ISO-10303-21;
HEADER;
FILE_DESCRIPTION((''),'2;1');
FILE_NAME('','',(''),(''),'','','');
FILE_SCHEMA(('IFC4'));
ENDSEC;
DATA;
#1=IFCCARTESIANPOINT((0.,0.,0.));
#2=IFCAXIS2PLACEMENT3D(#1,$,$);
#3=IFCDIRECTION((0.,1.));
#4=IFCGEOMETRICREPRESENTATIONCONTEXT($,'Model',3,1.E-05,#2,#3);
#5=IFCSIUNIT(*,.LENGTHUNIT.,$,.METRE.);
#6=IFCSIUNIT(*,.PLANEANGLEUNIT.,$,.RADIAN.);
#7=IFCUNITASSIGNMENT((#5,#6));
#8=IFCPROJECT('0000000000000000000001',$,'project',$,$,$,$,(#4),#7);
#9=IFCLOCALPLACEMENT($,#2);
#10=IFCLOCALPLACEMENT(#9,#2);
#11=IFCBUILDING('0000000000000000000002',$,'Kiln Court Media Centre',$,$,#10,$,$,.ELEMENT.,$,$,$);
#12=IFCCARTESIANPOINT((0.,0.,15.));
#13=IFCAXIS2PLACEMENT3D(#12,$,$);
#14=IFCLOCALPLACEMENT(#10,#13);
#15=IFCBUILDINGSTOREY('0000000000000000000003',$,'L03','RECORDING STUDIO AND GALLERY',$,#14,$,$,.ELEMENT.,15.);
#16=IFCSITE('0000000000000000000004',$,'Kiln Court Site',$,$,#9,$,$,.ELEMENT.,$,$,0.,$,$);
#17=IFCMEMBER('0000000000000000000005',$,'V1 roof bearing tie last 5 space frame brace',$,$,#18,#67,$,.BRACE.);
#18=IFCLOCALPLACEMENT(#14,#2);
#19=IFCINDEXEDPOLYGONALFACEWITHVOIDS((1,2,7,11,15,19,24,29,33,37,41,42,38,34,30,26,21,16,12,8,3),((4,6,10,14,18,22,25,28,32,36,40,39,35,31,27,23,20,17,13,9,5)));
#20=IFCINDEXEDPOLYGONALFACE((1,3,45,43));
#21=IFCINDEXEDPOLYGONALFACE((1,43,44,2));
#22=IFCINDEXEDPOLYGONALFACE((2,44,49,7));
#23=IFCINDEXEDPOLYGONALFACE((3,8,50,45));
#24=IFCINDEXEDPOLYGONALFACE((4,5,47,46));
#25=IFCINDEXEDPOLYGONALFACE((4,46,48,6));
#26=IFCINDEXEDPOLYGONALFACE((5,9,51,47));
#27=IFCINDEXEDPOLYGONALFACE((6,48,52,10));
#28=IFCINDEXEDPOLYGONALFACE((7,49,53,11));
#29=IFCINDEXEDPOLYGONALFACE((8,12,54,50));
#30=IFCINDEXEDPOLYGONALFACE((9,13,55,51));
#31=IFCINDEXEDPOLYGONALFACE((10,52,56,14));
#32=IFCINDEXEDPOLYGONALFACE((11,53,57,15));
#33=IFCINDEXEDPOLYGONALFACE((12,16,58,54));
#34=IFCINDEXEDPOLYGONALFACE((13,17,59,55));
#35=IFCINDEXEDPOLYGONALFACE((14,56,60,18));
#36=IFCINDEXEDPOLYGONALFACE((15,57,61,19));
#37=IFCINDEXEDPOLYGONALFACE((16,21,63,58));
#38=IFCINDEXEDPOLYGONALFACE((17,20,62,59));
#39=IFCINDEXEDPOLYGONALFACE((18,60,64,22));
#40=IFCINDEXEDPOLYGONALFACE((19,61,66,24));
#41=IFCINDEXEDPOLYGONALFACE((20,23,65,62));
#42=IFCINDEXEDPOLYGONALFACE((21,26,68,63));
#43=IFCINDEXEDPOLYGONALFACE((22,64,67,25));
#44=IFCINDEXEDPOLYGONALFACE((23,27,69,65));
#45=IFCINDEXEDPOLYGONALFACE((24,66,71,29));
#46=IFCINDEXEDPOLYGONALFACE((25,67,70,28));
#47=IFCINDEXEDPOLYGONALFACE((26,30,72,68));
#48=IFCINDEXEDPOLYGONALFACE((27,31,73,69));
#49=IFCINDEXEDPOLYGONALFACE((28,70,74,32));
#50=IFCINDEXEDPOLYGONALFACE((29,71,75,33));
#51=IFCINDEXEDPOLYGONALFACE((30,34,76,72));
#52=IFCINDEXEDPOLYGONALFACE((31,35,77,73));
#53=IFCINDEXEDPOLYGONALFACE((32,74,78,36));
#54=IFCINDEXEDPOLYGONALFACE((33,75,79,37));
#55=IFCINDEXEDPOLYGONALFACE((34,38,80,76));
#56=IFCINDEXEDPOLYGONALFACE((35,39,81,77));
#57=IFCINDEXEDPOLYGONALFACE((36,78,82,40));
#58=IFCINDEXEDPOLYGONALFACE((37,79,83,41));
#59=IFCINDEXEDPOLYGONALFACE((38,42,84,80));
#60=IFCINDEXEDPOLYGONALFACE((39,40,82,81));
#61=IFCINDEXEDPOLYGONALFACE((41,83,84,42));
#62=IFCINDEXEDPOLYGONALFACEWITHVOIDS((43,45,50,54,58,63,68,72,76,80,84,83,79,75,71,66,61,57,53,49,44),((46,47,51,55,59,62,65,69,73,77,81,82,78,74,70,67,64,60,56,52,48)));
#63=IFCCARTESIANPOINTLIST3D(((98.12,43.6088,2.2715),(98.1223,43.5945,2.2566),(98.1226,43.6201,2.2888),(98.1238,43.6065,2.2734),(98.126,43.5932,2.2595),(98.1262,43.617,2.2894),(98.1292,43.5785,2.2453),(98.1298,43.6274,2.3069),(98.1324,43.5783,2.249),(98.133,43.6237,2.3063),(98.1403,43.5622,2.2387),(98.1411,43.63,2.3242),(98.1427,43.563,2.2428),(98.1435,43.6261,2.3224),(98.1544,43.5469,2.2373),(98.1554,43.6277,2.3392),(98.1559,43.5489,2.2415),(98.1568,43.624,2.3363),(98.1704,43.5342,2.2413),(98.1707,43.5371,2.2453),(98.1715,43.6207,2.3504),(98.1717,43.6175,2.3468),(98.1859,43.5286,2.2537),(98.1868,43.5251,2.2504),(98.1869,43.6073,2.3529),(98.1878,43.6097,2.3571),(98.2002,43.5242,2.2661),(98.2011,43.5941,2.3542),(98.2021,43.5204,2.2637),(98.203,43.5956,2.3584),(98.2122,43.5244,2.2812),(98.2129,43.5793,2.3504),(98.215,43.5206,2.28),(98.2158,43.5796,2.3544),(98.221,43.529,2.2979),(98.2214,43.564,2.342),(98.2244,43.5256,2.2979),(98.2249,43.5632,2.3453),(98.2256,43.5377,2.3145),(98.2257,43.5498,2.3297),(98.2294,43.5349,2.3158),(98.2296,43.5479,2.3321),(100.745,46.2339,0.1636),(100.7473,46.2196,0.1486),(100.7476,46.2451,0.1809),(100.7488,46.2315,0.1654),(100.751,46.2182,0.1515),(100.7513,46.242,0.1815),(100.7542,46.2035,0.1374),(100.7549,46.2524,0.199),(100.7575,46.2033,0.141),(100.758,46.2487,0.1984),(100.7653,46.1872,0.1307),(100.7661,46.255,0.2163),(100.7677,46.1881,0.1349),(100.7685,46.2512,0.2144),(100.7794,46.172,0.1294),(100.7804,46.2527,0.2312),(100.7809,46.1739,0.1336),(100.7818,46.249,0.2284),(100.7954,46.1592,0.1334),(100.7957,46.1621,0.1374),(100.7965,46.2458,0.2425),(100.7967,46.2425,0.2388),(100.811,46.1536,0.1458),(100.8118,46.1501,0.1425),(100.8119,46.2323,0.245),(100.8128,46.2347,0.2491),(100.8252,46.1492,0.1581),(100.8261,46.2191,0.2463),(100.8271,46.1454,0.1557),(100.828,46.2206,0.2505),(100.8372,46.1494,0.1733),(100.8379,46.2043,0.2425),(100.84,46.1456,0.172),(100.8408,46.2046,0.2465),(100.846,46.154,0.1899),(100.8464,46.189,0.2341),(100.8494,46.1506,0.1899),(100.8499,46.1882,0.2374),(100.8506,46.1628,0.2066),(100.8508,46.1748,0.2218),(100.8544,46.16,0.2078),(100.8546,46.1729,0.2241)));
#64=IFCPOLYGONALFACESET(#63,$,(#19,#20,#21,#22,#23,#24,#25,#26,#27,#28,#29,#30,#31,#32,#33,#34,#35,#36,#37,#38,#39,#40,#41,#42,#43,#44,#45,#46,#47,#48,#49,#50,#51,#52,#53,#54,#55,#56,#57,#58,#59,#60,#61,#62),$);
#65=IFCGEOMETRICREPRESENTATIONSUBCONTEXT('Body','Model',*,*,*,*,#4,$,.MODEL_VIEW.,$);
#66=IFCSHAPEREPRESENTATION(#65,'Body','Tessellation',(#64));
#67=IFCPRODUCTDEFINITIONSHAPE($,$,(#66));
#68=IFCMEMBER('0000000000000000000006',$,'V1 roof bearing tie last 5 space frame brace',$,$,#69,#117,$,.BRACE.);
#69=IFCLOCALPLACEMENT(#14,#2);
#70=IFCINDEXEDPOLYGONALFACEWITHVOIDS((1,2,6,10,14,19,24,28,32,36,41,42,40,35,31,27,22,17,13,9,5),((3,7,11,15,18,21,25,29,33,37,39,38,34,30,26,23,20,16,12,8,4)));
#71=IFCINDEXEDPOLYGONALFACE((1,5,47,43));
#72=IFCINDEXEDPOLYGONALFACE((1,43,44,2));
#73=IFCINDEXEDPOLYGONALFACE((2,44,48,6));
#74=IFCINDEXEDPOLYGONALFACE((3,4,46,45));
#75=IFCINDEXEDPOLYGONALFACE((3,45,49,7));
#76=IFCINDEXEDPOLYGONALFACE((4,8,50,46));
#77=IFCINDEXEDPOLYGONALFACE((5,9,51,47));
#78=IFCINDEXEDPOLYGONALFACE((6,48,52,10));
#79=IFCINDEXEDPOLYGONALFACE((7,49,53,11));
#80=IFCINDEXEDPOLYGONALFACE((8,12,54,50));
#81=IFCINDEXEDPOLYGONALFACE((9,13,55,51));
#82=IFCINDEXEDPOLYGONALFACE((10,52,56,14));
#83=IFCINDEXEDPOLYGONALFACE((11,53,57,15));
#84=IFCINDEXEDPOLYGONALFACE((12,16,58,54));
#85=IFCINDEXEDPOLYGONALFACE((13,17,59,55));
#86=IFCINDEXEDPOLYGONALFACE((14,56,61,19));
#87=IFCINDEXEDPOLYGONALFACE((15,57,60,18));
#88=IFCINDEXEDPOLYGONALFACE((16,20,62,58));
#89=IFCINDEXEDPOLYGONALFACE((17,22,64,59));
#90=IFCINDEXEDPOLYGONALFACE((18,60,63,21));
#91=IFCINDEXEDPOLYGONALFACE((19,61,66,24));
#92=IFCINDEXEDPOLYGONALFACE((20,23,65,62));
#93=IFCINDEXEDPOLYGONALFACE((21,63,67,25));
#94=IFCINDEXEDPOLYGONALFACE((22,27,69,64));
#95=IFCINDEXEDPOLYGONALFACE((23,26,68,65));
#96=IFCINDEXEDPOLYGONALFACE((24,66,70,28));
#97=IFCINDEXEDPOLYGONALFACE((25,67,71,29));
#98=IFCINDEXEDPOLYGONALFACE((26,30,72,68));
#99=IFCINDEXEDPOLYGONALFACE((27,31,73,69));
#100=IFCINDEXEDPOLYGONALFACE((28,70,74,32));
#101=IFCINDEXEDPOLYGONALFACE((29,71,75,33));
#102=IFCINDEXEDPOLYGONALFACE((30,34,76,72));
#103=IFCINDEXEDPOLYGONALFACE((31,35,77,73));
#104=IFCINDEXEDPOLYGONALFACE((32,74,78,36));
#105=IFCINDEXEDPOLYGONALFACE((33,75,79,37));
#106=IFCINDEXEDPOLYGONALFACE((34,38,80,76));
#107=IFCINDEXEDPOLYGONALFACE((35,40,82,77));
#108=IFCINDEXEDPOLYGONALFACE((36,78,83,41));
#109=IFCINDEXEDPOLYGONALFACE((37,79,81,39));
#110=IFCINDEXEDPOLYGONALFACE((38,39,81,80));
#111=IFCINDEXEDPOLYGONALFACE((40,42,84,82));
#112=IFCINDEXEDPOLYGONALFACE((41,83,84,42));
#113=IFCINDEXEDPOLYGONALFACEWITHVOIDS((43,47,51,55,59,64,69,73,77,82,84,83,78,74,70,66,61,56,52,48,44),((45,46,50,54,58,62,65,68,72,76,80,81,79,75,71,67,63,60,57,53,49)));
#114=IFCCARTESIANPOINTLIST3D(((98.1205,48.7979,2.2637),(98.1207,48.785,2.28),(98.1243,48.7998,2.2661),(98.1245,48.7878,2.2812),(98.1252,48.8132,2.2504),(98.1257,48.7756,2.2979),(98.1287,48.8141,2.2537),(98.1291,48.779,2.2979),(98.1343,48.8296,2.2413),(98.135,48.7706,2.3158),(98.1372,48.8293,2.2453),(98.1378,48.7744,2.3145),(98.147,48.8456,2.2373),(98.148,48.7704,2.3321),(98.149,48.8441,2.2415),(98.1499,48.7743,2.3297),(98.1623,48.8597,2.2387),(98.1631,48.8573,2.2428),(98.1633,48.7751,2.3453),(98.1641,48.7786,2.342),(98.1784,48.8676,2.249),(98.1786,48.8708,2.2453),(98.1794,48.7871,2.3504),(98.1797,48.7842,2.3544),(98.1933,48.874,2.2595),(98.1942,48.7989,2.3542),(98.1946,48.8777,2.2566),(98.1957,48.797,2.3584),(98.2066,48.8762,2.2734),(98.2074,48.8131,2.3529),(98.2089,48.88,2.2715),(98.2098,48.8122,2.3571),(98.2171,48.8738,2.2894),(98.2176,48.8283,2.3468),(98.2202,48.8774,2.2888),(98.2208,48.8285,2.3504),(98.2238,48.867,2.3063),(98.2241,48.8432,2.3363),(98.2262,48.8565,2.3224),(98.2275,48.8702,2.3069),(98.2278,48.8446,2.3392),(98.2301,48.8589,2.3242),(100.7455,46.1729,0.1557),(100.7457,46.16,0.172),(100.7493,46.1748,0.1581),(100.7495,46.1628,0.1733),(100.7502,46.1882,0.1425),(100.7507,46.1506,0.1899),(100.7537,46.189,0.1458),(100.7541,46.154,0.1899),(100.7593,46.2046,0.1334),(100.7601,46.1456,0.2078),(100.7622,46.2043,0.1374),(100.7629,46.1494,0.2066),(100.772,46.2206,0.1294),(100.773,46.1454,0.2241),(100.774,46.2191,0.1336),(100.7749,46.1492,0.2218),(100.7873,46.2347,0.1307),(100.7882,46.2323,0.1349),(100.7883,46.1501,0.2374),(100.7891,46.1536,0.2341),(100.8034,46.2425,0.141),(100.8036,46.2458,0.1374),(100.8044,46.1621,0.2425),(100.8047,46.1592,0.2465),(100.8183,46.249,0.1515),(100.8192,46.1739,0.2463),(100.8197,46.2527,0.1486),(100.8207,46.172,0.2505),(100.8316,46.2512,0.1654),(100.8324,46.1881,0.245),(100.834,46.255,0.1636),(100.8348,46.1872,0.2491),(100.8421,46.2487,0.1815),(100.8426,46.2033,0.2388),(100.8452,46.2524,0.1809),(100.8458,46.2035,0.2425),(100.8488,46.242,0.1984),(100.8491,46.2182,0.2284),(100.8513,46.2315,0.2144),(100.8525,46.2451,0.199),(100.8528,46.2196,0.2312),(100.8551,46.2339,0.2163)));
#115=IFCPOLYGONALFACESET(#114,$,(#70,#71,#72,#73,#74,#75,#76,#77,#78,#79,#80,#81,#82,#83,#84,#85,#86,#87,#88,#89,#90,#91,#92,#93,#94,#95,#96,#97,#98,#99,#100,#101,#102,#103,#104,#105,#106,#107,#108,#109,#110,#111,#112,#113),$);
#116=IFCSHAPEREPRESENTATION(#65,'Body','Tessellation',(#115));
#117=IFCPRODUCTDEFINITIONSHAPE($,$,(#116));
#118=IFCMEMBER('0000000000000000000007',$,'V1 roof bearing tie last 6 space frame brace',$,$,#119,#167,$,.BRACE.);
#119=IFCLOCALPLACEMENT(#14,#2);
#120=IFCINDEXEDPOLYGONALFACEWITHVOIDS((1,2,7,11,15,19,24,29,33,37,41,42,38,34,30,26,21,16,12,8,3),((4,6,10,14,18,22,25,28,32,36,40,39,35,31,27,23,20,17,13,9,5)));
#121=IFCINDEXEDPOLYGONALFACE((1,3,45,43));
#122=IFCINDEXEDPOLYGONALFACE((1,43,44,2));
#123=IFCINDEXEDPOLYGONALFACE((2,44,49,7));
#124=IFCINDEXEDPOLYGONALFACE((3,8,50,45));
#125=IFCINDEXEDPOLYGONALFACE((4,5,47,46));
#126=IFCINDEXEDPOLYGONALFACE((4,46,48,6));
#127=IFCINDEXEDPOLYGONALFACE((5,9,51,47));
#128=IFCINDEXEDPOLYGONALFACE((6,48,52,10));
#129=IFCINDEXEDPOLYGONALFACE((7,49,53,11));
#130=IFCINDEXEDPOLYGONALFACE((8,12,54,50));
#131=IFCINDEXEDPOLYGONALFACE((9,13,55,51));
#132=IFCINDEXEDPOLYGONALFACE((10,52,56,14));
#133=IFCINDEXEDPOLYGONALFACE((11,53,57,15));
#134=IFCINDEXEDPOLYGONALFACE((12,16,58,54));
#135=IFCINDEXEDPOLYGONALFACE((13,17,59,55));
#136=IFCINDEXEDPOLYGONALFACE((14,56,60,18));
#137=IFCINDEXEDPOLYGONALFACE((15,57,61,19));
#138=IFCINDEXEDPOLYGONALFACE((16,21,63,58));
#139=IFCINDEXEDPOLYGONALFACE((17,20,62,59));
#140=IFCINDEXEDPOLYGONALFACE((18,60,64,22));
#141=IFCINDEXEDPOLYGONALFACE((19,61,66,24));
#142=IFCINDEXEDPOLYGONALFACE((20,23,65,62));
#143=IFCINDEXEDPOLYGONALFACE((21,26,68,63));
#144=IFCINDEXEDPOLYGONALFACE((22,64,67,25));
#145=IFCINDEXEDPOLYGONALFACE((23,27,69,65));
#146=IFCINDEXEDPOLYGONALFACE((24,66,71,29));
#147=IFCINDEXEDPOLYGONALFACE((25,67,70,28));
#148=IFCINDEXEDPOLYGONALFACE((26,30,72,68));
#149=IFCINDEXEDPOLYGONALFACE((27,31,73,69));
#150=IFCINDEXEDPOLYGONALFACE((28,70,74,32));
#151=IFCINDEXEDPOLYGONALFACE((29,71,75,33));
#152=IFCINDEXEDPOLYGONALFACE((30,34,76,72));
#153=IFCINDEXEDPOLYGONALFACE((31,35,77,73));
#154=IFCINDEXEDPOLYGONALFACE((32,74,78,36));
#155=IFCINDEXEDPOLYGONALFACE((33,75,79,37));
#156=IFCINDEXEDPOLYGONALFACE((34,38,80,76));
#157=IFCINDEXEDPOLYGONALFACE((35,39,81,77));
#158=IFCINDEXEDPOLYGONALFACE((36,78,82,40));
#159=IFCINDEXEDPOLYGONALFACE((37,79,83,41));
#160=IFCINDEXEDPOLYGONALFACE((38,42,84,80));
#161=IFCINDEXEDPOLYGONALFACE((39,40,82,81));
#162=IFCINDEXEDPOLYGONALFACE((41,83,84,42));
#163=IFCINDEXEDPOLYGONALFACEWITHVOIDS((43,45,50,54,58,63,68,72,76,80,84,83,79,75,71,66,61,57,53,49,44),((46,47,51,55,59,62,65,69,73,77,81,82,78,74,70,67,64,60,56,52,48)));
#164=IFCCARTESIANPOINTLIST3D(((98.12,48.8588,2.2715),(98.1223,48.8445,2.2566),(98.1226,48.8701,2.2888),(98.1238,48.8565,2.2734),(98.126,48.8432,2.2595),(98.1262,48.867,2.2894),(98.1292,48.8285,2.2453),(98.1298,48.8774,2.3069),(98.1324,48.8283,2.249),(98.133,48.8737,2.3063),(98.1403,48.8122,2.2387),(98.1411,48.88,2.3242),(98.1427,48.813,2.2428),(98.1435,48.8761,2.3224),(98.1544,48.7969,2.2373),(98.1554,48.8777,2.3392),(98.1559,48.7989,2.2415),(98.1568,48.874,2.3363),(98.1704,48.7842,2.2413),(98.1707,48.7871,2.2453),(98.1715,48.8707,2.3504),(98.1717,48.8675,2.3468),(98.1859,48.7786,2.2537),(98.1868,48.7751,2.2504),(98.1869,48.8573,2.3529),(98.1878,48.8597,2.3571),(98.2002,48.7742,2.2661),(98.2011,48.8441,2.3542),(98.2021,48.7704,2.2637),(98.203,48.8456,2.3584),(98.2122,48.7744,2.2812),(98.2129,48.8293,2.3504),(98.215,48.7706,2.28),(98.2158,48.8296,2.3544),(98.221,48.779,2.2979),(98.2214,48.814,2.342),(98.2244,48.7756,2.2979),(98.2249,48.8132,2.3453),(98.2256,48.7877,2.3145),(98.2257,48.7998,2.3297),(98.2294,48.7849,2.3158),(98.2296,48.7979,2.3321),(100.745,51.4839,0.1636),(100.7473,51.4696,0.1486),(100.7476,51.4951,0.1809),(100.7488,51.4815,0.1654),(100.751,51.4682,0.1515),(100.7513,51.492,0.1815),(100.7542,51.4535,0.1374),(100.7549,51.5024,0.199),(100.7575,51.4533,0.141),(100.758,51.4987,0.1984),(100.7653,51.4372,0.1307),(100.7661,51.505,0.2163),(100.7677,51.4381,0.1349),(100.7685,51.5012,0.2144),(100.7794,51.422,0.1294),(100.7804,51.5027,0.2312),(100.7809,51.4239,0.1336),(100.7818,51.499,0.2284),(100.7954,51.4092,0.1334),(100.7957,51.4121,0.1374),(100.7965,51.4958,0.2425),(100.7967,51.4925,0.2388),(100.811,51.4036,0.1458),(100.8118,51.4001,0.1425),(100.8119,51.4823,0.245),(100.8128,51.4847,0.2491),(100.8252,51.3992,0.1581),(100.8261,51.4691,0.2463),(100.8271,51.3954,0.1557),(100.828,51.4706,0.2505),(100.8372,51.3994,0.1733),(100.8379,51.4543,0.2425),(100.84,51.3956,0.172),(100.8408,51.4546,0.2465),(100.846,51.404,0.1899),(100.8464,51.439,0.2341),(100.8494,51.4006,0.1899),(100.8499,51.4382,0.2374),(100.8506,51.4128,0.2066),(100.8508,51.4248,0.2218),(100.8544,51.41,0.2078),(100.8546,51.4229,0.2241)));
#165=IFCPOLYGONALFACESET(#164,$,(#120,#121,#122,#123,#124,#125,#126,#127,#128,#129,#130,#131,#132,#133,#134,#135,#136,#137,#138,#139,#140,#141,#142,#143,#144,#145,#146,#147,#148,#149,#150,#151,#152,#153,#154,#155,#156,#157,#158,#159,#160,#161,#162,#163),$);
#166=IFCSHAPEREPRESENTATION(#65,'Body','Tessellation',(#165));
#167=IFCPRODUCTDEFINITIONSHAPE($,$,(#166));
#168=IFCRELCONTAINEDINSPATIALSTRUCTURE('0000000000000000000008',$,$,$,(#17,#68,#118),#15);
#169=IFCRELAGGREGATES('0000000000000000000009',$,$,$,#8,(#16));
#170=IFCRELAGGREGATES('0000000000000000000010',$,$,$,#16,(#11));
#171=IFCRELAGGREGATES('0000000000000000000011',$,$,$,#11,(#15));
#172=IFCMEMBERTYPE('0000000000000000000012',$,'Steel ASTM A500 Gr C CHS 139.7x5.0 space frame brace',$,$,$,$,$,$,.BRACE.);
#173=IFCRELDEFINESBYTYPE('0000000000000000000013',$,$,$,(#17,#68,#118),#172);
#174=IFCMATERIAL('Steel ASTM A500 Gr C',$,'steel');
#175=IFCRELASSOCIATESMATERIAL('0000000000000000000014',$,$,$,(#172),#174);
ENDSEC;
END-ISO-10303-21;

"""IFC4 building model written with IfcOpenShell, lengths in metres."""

from ifc_helpers import new_model, si_unit, direction, frame, origin, origin_2d, place, context, subcontext, project, spatial, hollow_circle, extrude, material, material_profile, profile_set, type_object, element, save


model = new_model("IFC4")

# Units and contexts
model_context = context("Model", 3, precision=1e-05, world=origin(), true_north=direction((0.0, 1.0)))
body_context = subcontext(model_context, "Body", "Model", "MODEL_VIEW")
ifc_project = project(units=[si_unit("LENGTHUNIT", "METRE"), si_unit("PLANEANGLEUNIT", "RADIAN")], contexts=[model_context])

# Site, building, storey
site_placement = place(None, origin())
site = spatial("IfcSite", under=ifc_project, at=site_placement, Name="Kiln Court Site", CompositionType="ELEMENT", RefElevation=0.0)
building_placement = place(site_placement, origin())
building = spatial("IfcBuilding", under=site, at=building_placement, Name="Kiln Court Media Centre", CompositionType="ELEMENT")
storey_placement = place(building_placement, frame((0.0, 0.0, 15.0)))
storey = spatial("IfcBuildingStorey", under=building, at=storey_placement, Name="L03", Description="RECORDING STUDIO AND GALLERY", CompositionType="ELEMENT", Elevation=15.0)

# Members
ifc_material_1 = material(Name="Steel ASTM A500 Gr C", Category="steel")
ifc_material_profile_1 = material_profile(ifc_material_1, hollow_circle(Radius=0.0698, WallThickness=0.0049, at=origin_2d()), Name="CHS 139.7x5.0")
ifc_profile_set_1 = profile_set([ifc_material_profile_1], Name="Steel ASTM A500 Gr C")
member_type_1 = type_object("IfcMemberType", Name="Steel ASTM A500 Gr C CHS 139.7x5.0 space frame brace", PredefinedType="BRACE", material=ifc_profile_set_1)
for number, where, z_axis, x_axis, name in (
    (1, (100.8, 46.2, 0.1899), (-0.614895, -0.614895, 0.493769), (0.707107, -0.707107, 0.0), "V1 roof bearing tie last 5 space frame brace"),
    (2, (100.8, 46.2, 0.1899), (-0.614895, 0.614895, 0.493769), (-0.707107, -0.707107, 0.0), "V1 roof bearing tie last 5 space frame brace"),
    (3, (100.8, 51.45, 0.1899), (-0.614895, -0.614895, 0.493769), (0.707107, -0.707107, 0.0), "V1 roof bearing tie last 6 space frame brace"),
):
    element("IfcMember", number, at=place(storey_placement, frame(where, z_axis=z_axis, x_axis=x_axis)), inside=storey, type_object=member_type_1, Name=name, PredefinedType="BRACE", context=body_context, shape_type="SweptSolid", body=[
        extrude(hollow_circle(Radius=0.0698, WallThickness=0.0049, at=origin_2d()), origin(), (0.0, 0.0, 1.0), 4.269),
    ])

save(model, "model.ifc")
